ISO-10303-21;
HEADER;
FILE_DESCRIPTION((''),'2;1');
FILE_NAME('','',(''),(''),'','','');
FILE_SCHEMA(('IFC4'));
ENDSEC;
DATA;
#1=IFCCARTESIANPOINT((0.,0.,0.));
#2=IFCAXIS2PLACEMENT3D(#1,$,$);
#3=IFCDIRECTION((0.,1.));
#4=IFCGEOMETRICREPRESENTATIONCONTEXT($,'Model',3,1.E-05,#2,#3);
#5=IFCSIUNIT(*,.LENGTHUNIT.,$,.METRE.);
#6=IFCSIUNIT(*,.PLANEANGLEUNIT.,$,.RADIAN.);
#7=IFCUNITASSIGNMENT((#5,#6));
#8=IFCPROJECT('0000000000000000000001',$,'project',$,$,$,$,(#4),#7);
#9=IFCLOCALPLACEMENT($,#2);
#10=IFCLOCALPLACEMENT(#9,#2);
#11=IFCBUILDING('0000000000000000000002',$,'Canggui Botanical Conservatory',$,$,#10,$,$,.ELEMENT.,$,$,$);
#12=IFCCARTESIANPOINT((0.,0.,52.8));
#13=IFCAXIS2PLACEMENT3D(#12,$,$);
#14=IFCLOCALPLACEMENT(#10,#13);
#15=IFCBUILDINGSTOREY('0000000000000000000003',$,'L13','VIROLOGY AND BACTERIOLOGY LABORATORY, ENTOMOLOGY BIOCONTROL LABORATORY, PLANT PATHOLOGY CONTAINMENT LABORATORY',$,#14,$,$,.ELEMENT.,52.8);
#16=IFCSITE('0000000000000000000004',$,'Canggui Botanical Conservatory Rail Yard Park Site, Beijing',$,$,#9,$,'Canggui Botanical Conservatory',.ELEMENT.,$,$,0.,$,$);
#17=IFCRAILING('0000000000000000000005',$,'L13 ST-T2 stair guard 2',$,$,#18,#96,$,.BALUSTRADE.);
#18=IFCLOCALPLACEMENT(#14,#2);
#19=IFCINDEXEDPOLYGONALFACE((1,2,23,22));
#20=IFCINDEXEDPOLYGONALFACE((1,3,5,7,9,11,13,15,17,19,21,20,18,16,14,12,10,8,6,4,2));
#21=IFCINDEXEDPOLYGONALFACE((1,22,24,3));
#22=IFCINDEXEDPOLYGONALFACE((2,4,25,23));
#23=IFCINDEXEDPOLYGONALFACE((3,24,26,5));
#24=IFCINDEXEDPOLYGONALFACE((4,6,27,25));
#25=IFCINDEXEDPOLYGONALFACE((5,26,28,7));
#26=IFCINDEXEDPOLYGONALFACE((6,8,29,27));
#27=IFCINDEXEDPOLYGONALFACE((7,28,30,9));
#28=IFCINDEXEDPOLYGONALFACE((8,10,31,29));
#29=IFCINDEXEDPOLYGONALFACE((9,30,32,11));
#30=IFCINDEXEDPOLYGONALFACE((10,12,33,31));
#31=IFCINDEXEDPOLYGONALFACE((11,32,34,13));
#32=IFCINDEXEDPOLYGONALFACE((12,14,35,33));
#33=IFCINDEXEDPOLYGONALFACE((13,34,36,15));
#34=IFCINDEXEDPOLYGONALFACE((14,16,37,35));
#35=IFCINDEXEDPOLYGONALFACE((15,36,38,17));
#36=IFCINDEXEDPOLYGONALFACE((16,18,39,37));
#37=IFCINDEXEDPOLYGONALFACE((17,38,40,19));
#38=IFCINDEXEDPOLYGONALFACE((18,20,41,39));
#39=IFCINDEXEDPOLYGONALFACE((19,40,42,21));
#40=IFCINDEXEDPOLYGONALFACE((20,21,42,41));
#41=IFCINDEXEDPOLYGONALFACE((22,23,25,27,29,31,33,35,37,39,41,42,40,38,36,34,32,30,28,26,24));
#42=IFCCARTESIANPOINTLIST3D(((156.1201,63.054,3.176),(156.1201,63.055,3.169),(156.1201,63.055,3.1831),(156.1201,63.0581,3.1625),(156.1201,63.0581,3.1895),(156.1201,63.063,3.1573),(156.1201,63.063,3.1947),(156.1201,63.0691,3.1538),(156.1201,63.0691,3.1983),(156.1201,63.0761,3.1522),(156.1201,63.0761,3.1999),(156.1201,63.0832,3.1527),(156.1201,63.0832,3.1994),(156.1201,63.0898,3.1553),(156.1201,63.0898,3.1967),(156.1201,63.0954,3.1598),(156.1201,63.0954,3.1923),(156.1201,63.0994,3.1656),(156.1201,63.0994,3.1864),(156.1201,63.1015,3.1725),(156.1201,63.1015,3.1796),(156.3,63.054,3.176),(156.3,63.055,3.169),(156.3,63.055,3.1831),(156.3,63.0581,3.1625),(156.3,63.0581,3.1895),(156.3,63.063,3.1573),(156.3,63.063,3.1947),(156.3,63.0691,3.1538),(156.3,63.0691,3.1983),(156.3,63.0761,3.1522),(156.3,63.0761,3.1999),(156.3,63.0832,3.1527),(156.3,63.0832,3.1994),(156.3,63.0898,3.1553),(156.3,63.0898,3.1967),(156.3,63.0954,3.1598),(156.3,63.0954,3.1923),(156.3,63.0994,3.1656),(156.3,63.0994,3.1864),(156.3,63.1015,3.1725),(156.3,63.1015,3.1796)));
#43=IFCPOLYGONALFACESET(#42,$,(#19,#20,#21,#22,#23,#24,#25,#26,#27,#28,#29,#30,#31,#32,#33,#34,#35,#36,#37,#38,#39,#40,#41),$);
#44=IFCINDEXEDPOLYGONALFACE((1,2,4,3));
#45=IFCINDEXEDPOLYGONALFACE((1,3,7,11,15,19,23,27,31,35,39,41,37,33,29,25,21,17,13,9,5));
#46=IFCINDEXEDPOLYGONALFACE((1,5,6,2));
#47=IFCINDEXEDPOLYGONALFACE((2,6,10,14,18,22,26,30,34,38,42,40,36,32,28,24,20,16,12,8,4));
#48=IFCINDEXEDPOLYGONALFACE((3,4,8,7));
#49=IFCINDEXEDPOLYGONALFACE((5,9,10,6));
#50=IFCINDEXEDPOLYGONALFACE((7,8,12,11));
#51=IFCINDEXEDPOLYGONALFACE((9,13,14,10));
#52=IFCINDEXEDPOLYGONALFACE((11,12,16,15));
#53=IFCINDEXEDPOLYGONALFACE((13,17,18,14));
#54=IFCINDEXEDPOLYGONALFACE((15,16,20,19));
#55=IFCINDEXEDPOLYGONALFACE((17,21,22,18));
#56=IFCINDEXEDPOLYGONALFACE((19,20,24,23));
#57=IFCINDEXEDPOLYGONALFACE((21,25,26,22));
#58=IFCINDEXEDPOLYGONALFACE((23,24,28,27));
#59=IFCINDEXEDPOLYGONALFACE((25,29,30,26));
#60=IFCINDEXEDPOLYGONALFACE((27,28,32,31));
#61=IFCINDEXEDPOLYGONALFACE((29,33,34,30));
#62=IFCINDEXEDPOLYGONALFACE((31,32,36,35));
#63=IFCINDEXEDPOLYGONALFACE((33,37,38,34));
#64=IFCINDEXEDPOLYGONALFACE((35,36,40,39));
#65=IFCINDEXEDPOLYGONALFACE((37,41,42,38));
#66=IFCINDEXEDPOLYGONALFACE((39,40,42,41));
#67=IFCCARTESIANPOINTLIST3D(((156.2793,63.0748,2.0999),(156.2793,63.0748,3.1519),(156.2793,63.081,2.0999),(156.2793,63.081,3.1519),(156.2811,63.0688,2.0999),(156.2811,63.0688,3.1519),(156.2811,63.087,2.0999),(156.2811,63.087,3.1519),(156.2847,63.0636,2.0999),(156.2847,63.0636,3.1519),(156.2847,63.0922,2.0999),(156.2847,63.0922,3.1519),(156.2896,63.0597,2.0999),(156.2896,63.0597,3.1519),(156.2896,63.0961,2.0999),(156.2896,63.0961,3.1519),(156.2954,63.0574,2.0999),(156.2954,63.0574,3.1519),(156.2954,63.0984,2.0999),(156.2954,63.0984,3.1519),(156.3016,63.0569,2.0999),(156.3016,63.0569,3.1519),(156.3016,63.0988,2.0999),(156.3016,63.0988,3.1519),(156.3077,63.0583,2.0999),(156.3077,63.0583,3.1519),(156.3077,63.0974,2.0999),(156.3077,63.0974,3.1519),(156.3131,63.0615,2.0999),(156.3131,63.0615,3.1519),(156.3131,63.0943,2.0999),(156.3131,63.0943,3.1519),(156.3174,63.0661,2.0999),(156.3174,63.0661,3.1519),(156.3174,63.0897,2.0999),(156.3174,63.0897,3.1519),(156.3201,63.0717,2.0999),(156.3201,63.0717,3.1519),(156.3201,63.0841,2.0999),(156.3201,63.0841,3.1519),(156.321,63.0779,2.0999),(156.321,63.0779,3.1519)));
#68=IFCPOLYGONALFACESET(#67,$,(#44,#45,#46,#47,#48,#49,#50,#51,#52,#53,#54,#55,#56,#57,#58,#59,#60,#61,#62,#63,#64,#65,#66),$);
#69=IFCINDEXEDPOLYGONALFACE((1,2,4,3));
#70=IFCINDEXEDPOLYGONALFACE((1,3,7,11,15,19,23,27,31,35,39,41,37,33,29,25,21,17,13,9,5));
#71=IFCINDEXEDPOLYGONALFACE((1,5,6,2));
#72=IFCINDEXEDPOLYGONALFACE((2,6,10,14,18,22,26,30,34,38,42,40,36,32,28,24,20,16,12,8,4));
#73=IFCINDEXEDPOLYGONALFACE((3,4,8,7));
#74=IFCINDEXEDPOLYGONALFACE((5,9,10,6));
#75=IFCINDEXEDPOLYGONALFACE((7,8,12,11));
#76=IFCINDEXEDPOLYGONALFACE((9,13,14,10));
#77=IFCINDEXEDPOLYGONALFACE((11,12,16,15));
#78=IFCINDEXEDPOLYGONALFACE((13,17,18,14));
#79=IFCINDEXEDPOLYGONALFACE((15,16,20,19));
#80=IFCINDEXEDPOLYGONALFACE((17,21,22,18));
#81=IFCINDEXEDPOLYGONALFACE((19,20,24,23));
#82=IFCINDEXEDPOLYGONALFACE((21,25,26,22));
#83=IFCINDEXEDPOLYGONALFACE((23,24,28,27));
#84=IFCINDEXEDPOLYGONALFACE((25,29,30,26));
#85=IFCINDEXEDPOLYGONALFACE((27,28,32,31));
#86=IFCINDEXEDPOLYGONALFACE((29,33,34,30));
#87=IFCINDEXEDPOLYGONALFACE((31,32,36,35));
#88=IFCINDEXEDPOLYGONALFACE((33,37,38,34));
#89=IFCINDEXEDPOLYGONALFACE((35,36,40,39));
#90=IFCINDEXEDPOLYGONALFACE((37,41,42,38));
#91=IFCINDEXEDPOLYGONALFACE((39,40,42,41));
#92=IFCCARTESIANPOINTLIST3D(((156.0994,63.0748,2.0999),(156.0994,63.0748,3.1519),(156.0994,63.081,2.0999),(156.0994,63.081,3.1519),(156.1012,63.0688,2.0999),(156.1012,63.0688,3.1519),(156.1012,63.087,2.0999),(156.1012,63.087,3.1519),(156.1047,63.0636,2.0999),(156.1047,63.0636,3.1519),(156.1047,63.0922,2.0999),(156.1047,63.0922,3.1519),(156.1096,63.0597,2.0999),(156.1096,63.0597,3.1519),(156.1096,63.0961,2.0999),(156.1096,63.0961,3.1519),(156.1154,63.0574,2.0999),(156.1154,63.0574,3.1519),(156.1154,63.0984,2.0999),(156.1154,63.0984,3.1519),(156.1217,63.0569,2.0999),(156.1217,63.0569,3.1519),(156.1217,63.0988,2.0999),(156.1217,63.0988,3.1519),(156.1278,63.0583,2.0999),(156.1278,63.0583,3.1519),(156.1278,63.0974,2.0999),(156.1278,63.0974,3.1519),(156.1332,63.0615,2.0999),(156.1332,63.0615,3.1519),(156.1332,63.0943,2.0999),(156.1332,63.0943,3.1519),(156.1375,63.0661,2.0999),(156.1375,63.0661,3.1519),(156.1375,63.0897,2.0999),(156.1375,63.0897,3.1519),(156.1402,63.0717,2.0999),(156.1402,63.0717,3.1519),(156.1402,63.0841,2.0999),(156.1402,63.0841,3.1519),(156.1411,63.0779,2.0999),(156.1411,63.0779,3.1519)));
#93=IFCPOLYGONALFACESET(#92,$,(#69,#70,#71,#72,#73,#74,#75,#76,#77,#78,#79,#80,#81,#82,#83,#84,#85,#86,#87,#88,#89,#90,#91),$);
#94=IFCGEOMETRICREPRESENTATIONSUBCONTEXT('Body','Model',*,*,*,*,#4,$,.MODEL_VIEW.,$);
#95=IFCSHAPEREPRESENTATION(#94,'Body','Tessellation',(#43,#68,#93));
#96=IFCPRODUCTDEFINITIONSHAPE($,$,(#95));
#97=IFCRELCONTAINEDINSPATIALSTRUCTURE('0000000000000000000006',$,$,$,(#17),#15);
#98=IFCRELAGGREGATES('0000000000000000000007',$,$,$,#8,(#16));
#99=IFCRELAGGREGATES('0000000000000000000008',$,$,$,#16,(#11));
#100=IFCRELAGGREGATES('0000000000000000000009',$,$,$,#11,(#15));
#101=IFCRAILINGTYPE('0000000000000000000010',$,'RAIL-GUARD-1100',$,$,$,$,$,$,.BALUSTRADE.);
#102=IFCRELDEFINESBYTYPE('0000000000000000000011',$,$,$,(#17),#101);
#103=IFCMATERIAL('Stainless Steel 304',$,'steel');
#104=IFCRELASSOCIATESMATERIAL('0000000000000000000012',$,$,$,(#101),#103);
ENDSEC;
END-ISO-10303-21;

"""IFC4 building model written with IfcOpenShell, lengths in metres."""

from ifc_helpers import new_model, si_unit, direction, frame, origin, origin_2d, place, context, subcontext, project, spatial, circle, extrude, material, type_object, element, save


model = new_model("IFC4")

# Units and contexts
model_context = context("Model", 3, precision=1e-05, world=origin(), true_north=direction((0.0, 1.0)))
body_context = subcontext(model_context, "Body", "Model", "MODEL_VIEW")
ifc_project = project(units=[si_unit("LENGTHUNIT", "METRE"), si_unit("PLANEANGLEUNIT", "RADIAN")], contexts=[model_context])

# Site, building, storey
site_placement = place(None, origin())
site = spatial("IfcSite", under=ifc_project, at=site_placement, Name="Canggui Botanical Conservatory Rail Yard Park Site, Beijing", LongName="Canggui Botanical Conservatory", CompositionType="ELEMENT", RefElevation=0.0)
building_placement = place(site_placement, origin())
building = spatial("IfcBuilding", under=site, at=building_placement, Name="Canggui Botanical Conservatory", CompositionType="ELEMENT")
storey_placement = place(building_placement, frame((0.0, 0.0, 52.8)))
storey = spatial("IfcBuildingStorey", under=building, at=storey_placement, Name="L13", Description="VIROLOGY AND BACTERIOLOGY LABORATORY, ENTOMOLOGY BIOCONTROL LABORATORY, PLANT PATHOLOGY CONTAINMENT LABORATORY", CompositionType="ELEMENT", Elevation=52.8)

# Railing
ifc_material_1 = material(Name="Stainless Steel 304", Category="steel")
railing_type_1 = type_object("IfcRailingType", Name="RAIL-GUARD-1100", PredefinedType="BALUSTRADE", material=ifc_material_1)
railing_1_placement = place(storey_placement, frame((156.3, 63.0779, 2.0999)))
element("IfcRailing", 1, at=railing_1_placement, inside=storey, type_object=railing_type_1, Name="L13 ST-T2 stair guard 2", PredefinedType="BALUSTRADE", context=body_context, shape_type="SweptSolid", body=[
    extrude(circle(Radius=0.0239, at=origin_2d()), frame((0.0, 0.0, 1.0762), z_axis=(-1.0, 0.0, 0.0), x_axis=(0.0, -1.0, 0.0)), (0.0, 0.0, 1.0), 0.1799),
    extrude(circle(Radius=0.021, at=origin_2d()), origin(), (0.0, 0.0, 1.0), 1.052),
    extrude(circle(Radius=0.021, at=origin_2d()), frame((-0.1799, 0.0, 0.0)), (0.0, 0.0, 1.0), 1.052),
])

save(model, "model.ifc")
